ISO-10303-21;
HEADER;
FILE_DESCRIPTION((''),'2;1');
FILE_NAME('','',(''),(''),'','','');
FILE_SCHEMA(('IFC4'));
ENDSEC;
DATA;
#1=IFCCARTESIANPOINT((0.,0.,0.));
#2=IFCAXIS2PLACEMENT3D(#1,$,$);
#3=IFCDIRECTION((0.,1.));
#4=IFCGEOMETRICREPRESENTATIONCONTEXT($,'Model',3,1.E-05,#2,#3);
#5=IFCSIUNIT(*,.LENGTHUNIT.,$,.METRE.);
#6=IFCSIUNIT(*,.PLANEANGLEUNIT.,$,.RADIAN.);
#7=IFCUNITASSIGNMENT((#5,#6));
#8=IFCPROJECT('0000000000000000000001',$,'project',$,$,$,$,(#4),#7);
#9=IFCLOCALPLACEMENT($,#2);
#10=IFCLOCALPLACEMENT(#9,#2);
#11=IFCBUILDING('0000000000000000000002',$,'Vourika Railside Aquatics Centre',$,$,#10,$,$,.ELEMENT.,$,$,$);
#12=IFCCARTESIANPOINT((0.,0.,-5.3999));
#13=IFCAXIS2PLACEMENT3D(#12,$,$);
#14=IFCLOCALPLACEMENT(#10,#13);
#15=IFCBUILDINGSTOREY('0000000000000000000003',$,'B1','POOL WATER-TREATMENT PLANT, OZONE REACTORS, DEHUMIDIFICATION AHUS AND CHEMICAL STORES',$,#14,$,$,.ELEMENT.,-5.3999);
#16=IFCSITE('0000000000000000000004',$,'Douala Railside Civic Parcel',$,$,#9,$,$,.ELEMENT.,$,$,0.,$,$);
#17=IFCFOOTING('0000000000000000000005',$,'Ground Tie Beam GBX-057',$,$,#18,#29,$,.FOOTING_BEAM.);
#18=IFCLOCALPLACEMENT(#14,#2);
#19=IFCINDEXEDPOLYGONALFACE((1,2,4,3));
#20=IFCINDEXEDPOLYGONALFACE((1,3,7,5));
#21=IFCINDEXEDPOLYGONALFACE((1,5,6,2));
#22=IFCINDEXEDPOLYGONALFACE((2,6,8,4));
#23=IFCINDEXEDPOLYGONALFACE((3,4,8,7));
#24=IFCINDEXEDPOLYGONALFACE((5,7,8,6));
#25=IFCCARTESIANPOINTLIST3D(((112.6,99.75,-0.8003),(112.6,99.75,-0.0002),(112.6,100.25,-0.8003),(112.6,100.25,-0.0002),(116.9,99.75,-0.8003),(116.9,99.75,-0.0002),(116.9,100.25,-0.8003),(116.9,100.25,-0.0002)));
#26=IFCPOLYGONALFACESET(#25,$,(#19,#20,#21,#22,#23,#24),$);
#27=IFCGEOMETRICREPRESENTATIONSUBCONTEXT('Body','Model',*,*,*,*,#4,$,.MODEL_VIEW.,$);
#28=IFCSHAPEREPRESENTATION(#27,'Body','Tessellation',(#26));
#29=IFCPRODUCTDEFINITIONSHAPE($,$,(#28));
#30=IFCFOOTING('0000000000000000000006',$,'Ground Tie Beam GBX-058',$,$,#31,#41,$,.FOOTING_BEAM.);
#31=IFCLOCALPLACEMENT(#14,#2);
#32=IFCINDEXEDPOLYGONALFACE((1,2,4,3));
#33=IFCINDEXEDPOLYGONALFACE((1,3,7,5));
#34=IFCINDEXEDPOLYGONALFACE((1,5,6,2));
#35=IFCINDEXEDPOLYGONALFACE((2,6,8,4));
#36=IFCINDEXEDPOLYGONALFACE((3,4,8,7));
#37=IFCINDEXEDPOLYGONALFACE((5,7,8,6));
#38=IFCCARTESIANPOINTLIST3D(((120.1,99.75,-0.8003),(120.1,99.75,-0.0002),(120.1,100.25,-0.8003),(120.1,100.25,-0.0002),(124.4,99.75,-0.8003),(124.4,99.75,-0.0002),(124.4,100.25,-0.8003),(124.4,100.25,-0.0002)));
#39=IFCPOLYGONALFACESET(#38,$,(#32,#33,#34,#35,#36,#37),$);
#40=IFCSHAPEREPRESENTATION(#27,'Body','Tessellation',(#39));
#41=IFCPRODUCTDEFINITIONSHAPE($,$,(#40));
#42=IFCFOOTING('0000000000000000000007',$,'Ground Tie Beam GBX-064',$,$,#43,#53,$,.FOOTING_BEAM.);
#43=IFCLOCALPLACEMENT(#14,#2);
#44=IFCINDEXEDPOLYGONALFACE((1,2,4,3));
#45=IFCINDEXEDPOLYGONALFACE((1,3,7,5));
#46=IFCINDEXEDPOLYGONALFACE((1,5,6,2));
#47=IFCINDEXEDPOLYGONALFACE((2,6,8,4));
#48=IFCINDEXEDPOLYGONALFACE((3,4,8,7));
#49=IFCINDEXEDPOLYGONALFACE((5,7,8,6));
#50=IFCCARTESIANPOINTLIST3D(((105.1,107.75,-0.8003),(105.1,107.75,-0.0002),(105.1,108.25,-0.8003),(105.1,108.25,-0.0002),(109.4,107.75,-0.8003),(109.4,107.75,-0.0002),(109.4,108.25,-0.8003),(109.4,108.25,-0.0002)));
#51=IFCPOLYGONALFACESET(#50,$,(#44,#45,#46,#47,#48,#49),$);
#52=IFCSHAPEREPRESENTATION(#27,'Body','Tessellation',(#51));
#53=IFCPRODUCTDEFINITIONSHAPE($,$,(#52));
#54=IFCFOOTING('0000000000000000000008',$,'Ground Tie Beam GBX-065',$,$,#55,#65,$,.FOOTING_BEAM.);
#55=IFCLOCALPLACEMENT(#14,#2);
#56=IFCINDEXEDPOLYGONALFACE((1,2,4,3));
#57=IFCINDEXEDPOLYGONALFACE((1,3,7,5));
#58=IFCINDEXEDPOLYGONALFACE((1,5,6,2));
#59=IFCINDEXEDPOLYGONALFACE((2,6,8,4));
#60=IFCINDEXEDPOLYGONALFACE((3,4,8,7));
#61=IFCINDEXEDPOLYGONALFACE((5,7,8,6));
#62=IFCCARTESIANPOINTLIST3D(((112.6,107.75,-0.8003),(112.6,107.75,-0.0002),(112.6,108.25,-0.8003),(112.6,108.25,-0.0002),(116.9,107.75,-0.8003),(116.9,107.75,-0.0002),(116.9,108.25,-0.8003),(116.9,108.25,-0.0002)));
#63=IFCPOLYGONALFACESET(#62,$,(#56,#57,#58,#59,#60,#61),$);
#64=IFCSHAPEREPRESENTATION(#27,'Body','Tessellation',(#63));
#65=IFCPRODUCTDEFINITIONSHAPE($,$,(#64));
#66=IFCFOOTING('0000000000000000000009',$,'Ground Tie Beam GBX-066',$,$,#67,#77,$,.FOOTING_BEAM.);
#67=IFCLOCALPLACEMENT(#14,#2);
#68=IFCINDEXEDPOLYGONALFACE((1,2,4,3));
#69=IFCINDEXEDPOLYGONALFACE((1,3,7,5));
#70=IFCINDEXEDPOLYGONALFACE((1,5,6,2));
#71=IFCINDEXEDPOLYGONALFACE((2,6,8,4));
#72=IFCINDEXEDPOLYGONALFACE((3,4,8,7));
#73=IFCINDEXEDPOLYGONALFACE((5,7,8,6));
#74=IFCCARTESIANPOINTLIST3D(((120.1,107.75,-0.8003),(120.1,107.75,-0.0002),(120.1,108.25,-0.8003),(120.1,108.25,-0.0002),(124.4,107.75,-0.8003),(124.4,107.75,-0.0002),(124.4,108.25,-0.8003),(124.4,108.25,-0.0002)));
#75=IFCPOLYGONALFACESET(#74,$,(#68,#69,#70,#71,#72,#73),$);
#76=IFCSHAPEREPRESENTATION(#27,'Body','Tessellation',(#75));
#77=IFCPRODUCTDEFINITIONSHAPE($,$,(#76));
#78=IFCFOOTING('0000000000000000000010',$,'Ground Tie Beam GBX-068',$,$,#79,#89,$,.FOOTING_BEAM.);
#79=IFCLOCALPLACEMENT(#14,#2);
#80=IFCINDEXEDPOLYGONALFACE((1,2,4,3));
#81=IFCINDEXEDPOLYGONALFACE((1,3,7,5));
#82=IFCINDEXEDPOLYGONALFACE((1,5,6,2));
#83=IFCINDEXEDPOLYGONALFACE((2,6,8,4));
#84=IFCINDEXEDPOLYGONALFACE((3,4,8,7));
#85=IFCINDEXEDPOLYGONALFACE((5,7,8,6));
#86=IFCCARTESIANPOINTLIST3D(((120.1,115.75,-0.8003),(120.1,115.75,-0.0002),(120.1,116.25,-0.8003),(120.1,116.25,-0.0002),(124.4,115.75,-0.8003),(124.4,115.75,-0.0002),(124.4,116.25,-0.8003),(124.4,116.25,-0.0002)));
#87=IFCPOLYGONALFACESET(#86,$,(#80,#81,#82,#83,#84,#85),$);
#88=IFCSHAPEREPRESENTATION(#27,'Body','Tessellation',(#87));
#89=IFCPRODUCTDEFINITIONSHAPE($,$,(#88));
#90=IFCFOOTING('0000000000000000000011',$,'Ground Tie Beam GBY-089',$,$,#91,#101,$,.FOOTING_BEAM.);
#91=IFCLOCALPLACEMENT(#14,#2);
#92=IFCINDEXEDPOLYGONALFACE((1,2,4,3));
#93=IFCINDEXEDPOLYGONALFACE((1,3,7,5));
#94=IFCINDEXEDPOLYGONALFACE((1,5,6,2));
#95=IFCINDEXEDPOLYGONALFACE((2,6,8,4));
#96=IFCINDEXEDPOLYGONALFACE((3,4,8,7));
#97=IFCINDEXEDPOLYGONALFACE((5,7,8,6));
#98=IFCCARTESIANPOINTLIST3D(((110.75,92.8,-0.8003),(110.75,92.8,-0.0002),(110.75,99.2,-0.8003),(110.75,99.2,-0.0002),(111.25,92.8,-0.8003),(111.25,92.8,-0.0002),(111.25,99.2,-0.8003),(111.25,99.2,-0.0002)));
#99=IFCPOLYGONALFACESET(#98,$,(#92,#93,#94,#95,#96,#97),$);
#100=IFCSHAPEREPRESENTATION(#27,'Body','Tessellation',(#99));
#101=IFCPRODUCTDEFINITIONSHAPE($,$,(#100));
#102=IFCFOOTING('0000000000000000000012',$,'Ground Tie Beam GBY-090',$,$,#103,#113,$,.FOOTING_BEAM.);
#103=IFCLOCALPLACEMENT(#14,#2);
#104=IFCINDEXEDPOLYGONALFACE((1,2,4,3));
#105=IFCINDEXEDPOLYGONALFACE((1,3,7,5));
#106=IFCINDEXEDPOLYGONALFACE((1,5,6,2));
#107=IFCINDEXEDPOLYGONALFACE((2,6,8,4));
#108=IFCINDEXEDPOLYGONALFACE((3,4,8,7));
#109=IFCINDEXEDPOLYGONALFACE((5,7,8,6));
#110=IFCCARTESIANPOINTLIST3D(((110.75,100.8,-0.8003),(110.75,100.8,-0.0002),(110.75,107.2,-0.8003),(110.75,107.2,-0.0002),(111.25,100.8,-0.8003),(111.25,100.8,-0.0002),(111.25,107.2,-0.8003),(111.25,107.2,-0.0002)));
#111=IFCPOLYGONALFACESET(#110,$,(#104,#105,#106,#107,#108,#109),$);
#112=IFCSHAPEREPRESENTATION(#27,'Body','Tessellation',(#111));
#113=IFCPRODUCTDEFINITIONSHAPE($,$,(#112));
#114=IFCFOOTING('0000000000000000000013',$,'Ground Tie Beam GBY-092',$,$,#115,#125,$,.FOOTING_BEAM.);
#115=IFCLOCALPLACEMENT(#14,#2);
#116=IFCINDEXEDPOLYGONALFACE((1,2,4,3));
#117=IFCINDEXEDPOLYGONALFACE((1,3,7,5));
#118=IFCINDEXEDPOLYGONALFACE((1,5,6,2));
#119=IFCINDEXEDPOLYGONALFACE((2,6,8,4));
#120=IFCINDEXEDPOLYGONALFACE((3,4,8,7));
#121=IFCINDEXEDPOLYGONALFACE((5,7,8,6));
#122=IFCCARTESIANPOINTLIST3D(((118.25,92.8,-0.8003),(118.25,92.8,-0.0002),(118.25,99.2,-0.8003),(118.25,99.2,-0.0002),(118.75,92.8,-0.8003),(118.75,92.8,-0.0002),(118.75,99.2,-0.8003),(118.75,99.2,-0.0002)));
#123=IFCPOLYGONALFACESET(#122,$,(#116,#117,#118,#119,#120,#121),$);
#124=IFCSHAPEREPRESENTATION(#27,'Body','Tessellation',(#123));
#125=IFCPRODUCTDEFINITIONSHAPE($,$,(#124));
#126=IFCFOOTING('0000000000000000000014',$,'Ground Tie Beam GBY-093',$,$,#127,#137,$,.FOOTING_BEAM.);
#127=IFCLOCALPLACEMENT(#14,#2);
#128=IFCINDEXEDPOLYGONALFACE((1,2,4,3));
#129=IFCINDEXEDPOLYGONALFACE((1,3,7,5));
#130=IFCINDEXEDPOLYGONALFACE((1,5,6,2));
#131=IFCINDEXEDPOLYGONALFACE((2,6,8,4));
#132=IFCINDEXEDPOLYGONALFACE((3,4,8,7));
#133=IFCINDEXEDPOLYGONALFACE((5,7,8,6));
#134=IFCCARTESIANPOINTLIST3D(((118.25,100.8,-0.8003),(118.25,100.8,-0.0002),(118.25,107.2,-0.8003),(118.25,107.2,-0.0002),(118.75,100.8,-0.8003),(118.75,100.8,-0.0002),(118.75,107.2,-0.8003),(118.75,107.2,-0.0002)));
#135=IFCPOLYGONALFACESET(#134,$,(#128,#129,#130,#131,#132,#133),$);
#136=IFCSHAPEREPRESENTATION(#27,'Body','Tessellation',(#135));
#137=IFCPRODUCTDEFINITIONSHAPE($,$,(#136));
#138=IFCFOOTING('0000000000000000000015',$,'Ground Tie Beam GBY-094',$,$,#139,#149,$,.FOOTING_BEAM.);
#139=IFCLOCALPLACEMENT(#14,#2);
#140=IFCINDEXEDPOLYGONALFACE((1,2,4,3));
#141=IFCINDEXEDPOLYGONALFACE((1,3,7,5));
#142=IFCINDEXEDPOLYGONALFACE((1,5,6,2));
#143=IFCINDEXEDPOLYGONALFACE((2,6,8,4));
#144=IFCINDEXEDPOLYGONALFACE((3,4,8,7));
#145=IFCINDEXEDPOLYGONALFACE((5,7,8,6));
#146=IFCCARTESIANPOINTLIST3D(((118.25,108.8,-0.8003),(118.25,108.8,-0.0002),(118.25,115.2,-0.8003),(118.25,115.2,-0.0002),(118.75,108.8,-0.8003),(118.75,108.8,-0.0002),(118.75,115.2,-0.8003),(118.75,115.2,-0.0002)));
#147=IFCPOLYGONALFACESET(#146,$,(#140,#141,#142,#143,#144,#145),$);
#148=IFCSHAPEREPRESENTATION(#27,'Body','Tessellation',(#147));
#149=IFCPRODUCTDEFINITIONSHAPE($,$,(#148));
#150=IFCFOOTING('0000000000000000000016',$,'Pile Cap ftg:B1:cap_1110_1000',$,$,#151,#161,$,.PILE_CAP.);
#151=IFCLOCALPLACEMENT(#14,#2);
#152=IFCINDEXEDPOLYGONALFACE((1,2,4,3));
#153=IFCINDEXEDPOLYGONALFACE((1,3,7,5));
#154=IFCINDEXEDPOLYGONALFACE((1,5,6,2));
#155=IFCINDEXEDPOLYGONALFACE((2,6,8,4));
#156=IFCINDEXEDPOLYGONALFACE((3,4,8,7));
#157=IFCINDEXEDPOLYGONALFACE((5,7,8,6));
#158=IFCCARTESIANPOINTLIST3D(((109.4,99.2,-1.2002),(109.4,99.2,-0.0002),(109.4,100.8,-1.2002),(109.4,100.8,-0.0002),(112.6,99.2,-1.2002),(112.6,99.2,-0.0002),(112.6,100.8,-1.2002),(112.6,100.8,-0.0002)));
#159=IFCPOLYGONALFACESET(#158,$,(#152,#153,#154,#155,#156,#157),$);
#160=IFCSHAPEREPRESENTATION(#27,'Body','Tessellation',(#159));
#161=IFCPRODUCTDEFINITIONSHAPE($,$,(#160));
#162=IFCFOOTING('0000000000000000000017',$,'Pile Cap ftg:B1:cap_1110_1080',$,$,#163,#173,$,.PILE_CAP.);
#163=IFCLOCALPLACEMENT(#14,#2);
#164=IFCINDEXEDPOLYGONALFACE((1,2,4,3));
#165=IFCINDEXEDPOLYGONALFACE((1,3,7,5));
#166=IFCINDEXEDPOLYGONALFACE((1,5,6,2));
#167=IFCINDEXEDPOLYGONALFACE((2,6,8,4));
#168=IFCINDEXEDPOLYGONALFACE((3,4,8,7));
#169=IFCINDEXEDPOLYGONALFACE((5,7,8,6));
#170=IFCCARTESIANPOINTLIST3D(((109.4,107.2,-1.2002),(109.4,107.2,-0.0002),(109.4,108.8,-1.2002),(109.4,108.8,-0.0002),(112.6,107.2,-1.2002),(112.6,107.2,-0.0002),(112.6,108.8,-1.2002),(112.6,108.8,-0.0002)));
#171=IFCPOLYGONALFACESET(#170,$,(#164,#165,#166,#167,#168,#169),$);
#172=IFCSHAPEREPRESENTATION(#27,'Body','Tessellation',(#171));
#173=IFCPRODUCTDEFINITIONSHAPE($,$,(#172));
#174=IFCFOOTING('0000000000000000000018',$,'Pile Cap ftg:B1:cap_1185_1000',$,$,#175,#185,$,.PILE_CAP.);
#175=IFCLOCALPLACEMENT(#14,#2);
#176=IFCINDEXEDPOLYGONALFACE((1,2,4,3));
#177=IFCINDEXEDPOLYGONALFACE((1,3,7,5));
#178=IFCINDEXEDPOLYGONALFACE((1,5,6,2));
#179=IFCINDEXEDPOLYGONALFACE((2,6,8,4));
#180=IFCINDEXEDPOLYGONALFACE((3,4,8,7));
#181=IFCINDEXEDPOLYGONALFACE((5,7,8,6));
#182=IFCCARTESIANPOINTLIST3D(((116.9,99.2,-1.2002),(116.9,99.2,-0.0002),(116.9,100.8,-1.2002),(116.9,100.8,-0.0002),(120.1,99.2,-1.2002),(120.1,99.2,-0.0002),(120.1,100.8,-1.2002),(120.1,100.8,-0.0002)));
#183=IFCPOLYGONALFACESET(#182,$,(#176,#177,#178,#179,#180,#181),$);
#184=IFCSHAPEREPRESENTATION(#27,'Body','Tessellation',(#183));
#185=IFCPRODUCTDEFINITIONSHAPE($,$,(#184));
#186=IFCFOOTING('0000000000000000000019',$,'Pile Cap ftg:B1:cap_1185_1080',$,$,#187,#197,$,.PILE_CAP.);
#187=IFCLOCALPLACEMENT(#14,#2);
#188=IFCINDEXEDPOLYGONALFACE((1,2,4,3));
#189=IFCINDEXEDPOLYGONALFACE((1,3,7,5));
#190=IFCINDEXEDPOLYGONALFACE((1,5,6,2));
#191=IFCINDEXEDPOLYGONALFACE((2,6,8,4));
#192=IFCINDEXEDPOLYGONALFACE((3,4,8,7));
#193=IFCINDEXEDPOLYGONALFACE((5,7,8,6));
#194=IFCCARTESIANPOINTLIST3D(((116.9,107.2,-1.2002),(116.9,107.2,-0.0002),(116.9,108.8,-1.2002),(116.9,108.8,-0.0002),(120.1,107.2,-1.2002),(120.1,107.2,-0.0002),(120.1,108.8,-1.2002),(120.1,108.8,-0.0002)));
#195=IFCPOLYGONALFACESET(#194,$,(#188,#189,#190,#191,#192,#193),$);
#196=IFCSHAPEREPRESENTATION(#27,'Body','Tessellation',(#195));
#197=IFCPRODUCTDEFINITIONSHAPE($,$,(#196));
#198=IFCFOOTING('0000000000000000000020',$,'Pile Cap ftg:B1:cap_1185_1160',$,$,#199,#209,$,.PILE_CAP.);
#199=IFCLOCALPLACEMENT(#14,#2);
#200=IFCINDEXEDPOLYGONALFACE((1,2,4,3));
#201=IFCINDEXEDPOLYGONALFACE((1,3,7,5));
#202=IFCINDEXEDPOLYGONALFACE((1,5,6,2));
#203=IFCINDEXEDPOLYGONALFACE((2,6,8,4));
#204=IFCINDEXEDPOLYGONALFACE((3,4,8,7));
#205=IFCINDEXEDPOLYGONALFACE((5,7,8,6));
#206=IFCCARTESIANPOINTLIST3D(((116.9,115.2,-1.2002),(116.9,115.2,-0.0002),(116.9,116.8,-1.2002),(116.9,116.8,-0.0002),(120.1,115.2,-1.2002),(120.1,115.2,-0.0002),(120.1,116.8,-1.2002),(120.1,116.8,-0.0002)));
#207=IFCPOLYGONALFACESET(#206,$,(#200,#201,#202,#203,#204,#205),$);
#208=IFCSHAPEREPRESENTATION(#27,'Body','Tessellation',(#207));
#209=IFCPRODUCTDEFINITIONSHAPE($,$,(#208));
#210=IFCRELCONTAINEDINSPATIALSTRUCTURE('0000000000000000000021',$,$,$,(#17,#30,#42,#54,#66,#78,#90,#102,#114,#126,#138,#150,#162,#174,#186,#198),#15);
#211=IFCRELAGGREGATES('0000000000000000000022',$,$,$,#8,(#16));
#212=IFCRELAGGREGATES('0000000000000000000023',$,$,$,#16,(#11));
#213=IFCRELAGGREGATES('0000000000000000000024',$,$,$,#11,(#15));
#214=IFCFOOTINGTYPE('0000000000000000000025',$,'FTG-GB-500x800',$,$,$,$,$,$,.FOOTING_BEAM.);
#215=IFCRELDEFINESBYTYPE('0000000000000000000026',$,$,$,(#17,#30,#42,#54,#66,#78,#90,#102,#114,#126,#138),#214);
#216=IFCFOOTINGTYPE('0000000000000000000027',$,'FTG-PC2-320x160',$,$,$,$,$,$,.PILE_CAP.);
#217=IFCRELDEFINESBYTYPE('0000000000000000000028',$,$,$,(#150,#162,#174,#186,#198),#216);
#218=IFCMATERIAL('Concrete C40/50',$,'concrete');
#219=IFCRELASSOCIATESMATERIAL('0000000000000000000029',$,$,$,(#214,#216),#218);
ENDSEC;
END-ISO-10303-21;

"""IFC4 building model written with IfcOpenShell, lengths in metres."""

from ifc_helpers import new_model, si_unit, direction, frame, origin, origin_2d, place, context, subcontext, project, spatial, rectangle, extrude, material, type_object, element, save


model = new_model("IFC4")

# Units and contexts
model_context = context("Model", 3, precision=1e-05, world=origin(), true_north=direction((0.0, 1.0)))
body_context = subcontext(model_context, "Body", "Model", "MODEL_VIEW")
ifc_project = project(units=[si_unit("LENGTHUNIT", "METRE"), si_unit("PLANEANGLEUNIT", "RADIAN")], contexts=[model_context])

# Site, building, storey
site_placement = place(None, origin())
site = spatial("IfcSite", under=ifc_project, at=site_placement, Name="Douala Railside Civic Parcel", CompositionType="ELEMENT", RefElevation=0.0)
building_placement = place(site_placement, origin())
building = spatial("IfcBuilding", under=site, at=building_placement, Name="Vourika Railside Aquatics Centre", CompositionType="ELEMENT")
storey_placement = place(building_placement, frame((0.0, 0.0, -5.3999)))
storey = spatial("IfcBuildingStorey", under=building, at=storey_placement, Name="B1", Description="POOL WATER-TREATMENT PLANT, OZONE REACTORS, DEHUMIDIFICATION AHUS AND CHEMICAL STORES", CompositionType="ELEMENT", Elevation=-5.3999)

# Footings
ifc_material_1 = material(Name="Concrete C40/50", Category="concrete")
footing_type_1 = type_object("IfcFootingType", Name="FTG-GB-500x800", PredefinedType="FOOTING_BEAM", material=ifc_material_1)
for number, where, z_axis, x_axis, name in (
    (1, (114.75, 100.0, -0.8003), (0.0, 0.0, 1.0), (1.0, 0.0, 0.0), "Ground Tie Beam GBX-057"),
    (2, (122.25, 100.0, -0.8003), (0.0, 0.0, 1.0), (1.0, 0.0, 0.0), "Ground Tie Beam GBX-058"),
    (3, (107.25, 108.0, -0.8003), (0.0, 0.0, 1.0), (1.0, 0.0, 0.0), "Ground Tie Beam GBX-064"),
    (4, (114.75, 108.0, -0.8003), (0.0, 0.0, 1.0), (1.0, 0.0, 0.0), "Ground Tie Beam GBX-065"),
    (5, (122.25, 108.0, -0.8003), (0.0, 0.0, 1.0), (1.0, 0.0, 0.0), "Ground Tie Beam GBX-066"),
    (6, (122.25, 116.0, -0.8003), (0.0, 0.0, 1.0), (1.0, 0.0, 0.0), "Ground Tie Beam GBX-068"),
):
    element("IfcFooting", number, at=place(storey_placement, frame(where, z_axis=z_axis, x_axis=x_axis)), inside=storey, type_object=footing_type_1, Name=name, PredefinedType="FOOTING_BEAM", context=body_context, shape_type="SweptSolid", body=[
        extrude(rectangle(XDim=4.3, YDim=0.5, at=origin_2d()), origin(), (0.0, 0.0, 1.0), 0.8),
    ])
for number, where, z_axis, x_axis, name in (
    (7, (111.0, 96.0, -0.8003), (0.0, 0.0, 1.0), (0.0, 1.0, 0.0), "Ground Tie Beam GBY-089"),
    (8, (111.0, 104.0, -0.8003), (0.0, 0.0, 1.0), (0.0, 1.0, 0.0), "Ground Tie Beam GBY-090"),
    (9, (118.5, 96.0, -0.8003), (0.0, 0.0, 1.0), (0.0, 1.0, 0.0), "Ground Tie Beam GBY-092"),
    (10, (118.5, 104.0, -0.8003), (0.0, 0.0, 1.0), (0.0, 1.0, 0.0), "Ground Tie Beam GBY-093"),
    (11, (118.5, 112.0, -0.8003), (0.0, 0.0, 1.0), (0.0, 1.0, 0.0), "Ground Tie Beam GBY-094"),
):
    element("IfcFooting", number, at=place(storey_placement, frame(where, z_axis=z_axis, x_axis=x_axis)), inside=storey, type_object=footing_type_1, Name=name, PredefinedType="FOOTING_BEAM", context=body_context, shape_type="SweptSolid", body=[
        extrude(rectangle(XDim=6.3999, YDim=0.5, at=origin_2d()), origin(), (0.0, 0.0, 1.0), 0.8),
    ])
footing_type_2 = type_object("IfcFootingType", Name="FTG-PC2-320x160", PredefinedType="PILE_CAP", material=ifc_material_1)
for number, where, z_axis, x_axis, name in (
    (12, (111.0, 100.0, -1.2002), (0.0, 0.0, 1.0), (1.0, 0.0, 0.0), "Pile Cap ftg:B1:cap_1110_1000"),
    (13, (111.0, 108.0, -1.2002), (0.0, 0.0, 1.0), (1.0, 0.0, 0.0), "Pile Cap ftg:B1:cap_1110_1080"),
    (14, (118.5, 100.0, -1.2002), (0.0, 0.0, 1.0), (1.0, 0.0, 0.0), "Pile Cap ftg:B1:cap_1185_1000"),
    (15, (118.5, 108.0, -1.2002), (0.0, 0.0, 1.0), (1.0, 0.0, 0.0), "Pile Cap ftg:B1:cap_1185_1080"),
    (16, (118.5, 116.0, -1.2002), (0.0, 0.0, 1.0), (1.0, 0.0, 0.0), "Pile Cap ftg:B1:cap_1185_1160"),
):
    element("IfcFooting", number, at=place(storey_placement, frame(where, z_axis=z_axis, x_axis=x_axis)), inside=storey, type_object=footing_type_2, Name=name, PredefinedType="PILE_CAP", context=body_context, shape_type="SweptSolid", body=[
        extrude(rectangle(XDim=3.2, YDim=1.6001, at=origin_2d()), origin(), (0.0, 0.0, 1.0), 1.2),
    ])

save(model, "model.ifc")
